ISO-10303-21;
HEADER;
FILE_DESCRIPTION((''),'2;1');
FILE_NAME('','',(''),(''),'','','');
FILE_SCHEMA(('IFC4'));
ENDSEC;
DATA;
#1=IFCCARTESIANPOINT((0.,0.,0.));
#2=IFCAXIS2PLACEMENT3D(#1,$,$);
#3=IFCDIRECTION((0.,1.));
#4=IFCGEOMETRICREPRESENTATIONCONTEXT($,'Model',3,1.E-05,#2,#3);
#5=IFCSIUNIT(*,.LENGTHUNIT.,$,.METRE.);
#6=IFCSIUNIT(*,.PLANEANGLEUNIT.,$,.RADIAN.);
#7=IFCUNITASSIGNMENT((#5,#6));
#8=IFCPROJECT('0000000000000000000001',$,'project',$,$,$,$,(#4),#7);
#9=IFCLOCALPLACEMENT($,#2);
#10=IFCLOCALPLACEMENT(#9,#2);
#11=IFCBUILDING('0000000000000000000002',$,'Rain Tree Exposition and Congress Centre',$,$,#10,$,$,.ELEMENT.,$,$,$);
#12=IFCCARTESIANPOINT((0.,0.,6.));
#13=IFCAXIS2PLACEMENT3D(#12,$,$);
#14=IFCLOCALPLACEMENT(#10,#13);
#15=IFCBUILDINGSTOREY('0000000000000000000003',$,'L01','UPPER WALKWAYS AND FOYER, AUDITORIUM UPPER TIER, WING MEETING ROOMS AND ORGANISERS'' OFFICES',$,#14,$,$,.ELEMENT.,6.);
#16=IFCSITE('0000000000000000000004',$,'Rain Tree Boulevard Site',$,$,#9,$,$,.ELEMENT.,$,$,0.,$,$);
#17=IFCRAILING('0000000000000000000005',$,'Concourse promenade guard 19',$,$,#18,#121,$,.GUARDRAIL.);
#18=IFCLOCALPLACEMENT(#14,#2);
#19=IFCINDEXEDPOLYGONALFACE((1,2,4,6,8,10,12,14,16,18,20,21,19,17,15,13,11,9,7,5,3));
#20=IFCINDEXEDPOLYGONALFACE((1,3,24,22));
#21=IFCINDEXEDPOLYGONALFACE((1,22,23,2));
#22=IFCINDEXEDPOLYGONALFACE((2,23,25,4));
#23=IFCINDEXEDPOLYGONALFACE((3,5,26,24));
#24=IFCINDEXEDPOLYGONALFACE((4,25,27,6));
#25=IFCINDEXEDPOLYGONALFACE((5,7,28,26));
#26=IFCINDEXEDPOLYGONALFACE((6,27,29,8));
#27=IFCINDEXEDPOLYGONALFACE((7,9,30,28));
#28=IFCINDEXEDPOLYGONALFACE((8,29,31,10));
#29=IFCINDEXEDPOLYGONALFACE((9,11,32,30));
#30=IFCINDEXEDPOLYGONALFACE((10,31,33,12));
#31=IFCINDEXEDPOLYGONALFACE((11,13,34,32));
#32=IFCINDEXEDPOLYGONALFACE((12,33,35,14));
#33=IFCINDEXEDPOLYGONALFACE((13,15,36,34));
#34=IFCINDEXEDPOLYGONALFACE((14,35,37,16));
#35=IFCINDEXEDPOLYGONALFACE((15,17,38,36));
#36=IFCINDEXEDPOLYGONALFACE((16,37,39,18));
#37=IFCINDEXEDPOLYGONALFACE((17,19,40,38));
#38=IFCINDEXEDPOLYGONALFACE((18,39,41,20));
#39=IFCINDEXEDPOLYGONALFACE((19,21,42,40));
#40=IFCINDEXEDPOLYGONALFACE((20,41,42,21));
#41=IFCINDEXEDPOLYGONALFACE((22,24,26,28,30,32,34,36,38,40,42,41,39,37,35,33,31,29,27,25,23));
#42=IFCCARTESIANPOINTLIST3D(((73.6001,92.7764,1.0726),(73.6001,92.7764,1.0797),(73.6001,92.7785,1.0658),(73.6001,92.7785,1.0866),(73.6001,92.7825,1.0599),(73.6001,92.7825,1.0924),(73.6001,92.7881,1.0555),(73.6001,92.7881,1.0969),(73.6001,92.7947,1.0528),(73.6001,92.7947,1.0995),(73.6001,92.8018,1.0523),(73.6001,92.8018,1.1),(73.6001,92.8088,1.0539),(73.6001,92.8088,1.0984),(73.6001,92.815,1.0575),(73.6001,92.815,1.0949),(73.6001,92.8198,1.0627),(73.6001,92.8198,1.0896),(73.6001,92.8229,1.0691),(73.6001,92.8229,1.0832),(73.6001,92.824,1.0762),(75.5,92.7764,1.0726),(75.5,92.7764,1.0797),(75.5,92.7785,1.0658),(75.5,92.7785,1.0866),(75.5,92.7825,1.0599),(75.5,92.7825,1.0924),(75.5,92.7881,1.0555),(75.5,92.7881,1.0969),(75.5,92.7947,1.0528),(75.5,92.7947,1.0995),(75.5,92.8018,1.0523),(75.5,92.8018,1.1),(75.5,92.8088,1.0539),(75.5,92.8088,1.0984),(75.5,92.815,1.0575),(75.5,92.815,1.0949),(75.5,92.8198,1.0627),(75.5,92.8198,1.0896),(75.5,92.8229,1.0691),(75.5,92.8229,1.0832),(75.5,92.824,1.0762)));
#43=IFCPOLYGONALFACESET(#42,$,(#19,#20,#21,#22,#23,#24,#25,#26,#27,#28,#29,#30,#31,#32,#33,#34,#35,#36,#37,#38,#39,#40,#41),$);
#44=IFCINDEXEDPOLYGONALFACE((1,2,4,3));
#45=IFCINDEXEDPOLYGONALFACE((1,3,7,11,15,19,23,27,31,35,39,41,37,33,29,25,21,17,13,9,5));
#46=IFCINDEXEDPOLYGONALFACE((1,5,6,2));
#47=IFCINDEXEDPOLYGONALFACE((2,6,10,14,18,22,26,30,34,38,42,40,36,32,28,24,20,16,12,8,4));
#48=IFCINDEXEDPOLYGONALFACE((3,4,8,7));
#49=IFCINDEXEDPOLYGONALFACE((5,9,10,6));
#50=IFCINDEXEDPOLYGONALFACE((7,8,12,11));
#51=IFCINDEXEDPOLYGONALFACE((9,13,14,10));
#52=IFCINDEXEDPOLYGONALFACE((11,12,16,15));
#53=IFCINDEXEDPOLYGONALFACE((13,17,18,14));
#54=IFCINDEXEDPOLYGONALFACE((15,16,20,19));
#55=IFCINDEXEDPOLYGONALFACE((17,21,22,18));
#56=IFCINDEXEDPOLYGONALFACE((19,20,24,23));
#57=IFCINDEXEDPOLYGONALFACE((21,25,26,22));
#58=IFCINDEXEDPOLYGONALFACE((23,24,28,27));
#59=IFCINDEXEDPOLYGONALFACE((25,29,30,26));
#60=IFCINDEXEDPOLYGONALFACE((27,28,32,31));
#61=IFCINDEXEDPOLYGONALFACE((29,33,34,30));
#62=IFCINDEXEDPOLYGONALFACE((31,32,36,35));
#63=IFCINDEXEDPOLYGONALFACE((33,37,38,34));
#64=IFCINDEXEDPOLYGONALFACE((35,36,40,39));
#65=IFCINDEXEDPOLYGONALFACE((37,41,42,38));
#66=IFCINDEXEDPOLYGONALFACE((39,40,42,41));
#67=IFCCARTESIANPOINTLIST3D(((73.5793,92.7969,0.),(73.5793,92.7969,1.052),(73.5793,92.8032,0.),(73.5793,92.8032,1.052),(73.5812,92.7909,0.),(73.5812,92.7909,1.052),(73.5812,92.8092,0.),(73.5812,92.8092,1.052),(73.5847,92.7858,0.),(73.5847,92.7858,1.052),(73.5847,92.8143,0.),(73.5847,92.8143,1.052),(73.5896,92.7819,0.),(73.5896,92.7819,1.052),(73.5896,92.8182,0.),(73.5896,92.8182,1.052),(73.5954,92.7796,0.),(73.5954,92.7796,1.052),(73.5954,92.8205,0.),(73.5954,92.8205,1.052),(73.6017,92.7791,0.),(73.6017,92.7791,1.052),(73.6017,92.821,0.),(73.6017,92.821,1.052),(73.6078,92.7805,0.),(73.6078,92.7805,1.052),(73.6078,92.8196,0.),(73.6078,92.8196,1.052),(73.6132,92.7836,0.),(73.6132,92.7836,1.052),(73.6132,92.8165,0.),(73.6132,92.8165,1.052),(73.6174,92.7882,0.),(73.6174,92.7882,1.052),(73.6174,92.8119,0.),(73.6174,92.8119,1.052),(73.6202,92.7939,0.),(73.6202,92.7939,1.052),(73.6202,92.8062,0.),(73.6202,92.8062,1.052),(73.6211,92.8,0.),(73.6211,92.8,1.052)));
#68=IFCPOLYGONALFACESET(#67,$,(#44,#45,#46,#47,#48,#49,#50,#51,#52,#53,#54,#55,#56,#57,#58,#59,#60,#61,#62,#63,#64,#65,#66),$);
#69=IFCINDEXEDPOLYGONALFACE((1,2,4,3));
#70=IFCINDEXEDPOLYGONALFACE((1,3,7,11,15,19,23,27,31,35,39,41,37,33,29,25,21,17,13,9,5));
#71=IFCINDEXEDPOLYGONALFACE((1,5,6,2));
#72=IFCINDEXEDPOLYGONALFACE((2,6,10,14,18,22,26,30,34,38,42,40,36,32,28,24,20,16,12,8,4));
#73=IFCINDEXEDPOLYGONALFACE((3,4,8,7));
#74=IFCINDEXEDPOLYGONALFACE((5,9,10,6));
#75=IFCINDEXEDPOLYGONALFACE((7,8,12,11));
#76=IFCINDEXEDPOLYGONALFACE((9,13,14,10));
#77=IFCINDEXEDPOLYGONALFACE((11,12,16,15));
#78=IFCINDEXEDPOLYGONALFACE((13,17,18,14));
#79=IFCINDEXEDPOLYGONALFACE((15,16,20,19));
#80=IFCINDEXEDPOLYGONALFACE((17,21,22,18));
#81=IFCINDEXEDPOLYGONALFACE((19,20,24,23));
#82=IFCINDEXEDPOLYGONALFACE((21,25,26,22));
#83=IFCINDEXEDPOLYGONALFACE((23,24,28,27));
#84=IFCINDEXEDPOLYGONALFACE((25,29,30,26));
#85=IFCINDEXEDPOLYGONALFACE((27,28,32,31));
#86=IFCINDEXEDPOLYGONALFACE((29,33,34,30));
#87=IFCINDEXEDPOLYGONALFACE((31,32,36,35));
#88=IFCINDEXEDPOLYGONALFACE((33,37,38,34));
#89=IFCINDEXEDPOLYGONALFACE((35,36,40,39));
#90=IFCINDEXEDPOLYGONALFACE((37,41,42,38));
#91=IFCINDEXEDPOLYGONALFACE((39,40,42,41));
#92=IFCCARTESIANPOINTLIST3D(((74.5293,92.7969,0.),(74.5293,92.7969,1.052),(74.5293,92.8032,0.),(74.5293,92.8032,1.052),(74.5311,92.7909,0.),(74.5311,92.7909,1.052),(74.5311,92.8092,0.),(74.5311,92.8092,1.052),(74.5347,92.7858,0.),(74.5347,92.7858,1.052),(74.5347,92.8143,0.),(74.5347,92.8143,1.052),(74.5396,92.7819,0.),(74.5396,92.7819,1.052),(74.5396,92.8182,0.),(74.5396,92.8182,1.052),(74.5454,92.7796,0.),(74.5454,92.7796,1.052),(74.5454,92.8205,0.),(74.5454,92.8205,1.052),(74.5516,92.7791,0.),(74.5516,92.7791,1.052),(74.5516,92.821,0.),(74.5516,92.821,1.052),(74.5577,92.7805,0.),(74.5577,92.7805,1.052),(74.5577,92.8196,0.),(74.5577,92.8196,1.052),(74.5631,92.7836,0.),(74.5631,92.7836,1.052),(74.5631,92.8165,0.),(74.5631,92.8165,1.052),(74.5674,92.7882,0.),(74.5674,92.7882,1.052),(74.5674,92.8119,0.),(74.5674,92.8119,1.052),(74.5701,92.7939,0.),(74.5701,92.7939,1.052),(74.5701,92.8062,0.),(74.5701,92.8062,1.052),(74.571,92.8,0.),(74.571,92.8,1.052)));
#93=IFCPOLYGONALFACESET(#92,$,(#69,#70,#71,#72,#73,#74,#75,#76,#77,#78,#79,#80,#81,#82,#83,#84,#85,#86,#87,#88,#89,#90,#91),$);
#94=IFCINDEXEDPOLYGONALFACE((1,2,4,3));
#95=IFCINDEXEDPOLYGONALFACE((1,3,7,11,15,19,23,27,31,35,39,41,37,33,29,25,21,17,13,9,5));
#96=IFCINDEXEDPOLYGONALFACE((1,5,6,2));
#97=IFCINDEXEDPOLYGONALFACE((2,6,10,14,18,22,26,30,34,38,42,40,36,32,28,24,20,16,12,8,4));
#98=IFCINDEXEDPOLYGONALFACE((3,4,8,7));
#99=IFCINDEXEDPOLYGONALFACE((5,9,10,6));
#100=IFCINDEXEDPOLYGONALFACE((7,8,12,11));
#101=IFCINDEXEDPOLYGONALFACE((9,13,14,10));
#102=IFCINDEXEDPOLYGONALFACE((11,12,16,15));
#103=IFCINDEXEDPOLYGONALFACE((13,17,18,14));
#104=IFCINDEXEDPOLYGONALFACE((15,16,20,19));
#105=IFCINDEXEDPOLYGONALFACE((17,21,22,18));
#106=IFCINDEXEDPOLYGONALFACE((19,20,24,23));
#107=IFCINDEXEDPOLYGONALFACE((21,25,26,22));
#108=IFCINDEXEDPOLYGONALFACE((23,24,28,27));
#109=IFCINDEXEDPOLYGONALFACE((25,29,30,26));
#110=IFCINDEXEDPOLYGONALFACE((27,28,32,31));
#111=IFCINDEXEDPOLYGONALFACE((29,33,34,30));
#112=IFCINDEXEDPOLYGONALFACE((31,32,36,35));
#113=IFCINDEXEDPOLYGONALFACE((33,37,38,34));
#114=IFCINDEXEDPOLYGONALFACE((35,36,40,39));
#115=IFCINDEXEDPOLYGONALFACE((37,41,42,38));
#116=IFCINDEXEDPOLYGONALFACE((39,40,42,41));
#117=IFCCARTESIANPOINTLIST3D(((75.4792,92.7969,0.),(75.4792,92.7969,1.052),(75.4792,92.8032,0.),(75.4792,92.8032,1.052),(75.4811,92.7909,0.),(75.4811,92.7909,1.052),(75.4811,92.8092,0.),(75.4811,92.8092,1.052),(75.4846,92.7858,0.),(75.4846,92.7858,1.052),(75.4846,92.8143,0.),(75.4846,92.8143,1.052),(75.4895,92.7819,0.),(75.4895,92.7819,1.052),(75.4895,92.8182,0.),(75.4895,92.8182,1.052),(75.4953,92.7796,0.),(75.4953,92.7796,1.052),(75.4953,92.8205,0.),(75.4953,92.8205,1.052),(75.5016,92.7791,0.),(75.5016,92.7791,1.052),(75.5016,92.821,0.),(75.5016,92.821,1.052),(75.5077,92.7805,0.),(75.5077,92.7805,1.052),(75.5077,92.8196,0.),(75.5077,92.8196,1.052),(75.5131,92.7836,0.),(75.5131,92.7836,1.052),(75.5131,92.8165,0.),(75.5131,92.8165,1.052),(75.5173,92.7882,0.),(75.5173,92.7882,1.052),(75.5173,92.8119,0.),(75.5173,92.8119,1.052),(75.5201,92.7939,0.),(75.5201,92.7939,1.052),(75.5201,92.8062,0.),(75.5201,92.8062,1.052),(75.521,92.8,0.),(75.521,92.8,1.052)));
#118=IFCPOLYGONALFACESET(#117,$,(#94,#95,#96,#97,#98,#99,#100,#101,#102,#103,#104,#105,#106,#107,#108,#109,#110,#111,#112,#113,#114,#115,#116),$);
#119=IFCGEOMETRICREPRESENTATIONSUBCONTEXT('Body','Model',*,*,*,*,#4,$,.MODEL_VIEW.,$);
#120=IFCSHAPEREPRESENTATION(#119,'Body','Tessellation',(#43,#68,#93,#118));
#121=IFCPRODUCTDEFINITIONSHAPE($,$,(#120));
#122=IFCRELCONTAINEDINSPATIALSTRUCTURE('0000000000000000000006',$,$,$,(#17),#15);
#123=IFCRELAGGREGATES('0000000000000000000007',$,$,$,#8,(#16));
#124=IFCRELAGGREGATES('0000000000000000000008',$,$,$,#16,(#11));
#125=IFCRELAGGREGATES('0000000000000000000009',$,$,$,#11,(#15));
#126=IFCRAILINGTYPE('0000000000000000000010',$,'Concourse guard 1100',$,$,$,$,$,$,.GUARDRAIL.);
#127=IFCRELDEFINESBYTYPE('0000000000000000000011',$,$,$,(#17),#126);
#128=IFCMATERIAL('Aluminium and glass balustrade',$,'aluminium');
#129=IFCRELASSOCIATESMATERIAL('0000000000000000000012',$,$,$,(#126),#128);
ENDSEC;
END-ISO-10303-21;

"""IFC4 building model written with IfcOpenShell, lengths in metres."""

from ifc_helpers import new_model, si_unit, direction, frame, origin, origin_2d, place, context, subcontext, project, spatial, circle, extrude, material, type_object, element, save


model = new_model("IFC4")

# Units and contexts
model_context = context("Model", 3, precision=1e-05, world=origin(), true_north=direction((0.0, 1.0)))
body_context = subcontext(model_context, "Body", "Model", "MODEL_VIEW")
ifc_project = project(units=[si_unit("LENGTHUNIT", "METRE"), si_unit("PLANEANGLEUNIT", "RADIAN")], contexts=[model_context])

# Site, building, storey
site_placement = place(None, origin())
site = spatial("IfcSite", under=ifc_project, at=site_placement, Name="Rain Tree Boulevard Site", CompositionType="ELEMENT", RefElevation=0.0)
building_placement = place(site_placement, origin())
building = spatial("IfcBuilding", under=site, at=building_placement, Name="Rain Tree Exposition and Congress Centre", CompositionType="ELEMENT")
storey_placement = place(building_placement, frame((0.0, 0.0, 6.0)))
storey = spatial("IfcBuildingStorey", under=building, at=storey_placement, Name="L01", Description="UPPER WALKWAYS AND FOYER, AUDITORIUM UPPER TIER, WING MEETING ROOMS AND ORGANISERS' OFFICES", CompositionType="ELEMENT", Elevation=6.0)

# Railing
ifc_material_1 = material(Name="Aluminium and glass balustrade", Category="aluminium")
railing_type = type_object("IfcRailingType", Name="Concourse guard 1100", PredefinedType="GUARDRAIL", material=ifc_material_1)
railing_1_placement = place(storey_placement, frame((73.6001, 92.8, 0.0)))
element("IfcRailing", 1, at=railing_1_placement, inside=storey, type_object=railing_type, Name="Concourse promenade guard 19", PredefinedType="GUARDRAIL", context=body_context, shape_type="SweptSolid", body=[
    extrude(circle(Radius=0.0239, at=origin_2d()), frame((0.0, 0.0, 1.0762), z_axis=(1.0, 0.0, 0.0), x_axis=(0.0, 1.0, 0.0)), (0.0, 0.0, 1.0), 1.8999),
    extrude(circle(Radius=0.021, at=origin_2d()), origin(), (0.0, 0.0, 1.0), 1.052),
    extrude(circle(Radius=0.021, at=origin_2d()), frame((0.95, 0.0, 0.0)), (0.0, 0.0, 1.0), 1.052),
    extrude(circle(Radius=0.021, at=origin_2d()), frame((1.8999, 0.0, 0.0)), (0.0, 0.0, 1.0), 1.052),
])

save(model, "model.ifc")
